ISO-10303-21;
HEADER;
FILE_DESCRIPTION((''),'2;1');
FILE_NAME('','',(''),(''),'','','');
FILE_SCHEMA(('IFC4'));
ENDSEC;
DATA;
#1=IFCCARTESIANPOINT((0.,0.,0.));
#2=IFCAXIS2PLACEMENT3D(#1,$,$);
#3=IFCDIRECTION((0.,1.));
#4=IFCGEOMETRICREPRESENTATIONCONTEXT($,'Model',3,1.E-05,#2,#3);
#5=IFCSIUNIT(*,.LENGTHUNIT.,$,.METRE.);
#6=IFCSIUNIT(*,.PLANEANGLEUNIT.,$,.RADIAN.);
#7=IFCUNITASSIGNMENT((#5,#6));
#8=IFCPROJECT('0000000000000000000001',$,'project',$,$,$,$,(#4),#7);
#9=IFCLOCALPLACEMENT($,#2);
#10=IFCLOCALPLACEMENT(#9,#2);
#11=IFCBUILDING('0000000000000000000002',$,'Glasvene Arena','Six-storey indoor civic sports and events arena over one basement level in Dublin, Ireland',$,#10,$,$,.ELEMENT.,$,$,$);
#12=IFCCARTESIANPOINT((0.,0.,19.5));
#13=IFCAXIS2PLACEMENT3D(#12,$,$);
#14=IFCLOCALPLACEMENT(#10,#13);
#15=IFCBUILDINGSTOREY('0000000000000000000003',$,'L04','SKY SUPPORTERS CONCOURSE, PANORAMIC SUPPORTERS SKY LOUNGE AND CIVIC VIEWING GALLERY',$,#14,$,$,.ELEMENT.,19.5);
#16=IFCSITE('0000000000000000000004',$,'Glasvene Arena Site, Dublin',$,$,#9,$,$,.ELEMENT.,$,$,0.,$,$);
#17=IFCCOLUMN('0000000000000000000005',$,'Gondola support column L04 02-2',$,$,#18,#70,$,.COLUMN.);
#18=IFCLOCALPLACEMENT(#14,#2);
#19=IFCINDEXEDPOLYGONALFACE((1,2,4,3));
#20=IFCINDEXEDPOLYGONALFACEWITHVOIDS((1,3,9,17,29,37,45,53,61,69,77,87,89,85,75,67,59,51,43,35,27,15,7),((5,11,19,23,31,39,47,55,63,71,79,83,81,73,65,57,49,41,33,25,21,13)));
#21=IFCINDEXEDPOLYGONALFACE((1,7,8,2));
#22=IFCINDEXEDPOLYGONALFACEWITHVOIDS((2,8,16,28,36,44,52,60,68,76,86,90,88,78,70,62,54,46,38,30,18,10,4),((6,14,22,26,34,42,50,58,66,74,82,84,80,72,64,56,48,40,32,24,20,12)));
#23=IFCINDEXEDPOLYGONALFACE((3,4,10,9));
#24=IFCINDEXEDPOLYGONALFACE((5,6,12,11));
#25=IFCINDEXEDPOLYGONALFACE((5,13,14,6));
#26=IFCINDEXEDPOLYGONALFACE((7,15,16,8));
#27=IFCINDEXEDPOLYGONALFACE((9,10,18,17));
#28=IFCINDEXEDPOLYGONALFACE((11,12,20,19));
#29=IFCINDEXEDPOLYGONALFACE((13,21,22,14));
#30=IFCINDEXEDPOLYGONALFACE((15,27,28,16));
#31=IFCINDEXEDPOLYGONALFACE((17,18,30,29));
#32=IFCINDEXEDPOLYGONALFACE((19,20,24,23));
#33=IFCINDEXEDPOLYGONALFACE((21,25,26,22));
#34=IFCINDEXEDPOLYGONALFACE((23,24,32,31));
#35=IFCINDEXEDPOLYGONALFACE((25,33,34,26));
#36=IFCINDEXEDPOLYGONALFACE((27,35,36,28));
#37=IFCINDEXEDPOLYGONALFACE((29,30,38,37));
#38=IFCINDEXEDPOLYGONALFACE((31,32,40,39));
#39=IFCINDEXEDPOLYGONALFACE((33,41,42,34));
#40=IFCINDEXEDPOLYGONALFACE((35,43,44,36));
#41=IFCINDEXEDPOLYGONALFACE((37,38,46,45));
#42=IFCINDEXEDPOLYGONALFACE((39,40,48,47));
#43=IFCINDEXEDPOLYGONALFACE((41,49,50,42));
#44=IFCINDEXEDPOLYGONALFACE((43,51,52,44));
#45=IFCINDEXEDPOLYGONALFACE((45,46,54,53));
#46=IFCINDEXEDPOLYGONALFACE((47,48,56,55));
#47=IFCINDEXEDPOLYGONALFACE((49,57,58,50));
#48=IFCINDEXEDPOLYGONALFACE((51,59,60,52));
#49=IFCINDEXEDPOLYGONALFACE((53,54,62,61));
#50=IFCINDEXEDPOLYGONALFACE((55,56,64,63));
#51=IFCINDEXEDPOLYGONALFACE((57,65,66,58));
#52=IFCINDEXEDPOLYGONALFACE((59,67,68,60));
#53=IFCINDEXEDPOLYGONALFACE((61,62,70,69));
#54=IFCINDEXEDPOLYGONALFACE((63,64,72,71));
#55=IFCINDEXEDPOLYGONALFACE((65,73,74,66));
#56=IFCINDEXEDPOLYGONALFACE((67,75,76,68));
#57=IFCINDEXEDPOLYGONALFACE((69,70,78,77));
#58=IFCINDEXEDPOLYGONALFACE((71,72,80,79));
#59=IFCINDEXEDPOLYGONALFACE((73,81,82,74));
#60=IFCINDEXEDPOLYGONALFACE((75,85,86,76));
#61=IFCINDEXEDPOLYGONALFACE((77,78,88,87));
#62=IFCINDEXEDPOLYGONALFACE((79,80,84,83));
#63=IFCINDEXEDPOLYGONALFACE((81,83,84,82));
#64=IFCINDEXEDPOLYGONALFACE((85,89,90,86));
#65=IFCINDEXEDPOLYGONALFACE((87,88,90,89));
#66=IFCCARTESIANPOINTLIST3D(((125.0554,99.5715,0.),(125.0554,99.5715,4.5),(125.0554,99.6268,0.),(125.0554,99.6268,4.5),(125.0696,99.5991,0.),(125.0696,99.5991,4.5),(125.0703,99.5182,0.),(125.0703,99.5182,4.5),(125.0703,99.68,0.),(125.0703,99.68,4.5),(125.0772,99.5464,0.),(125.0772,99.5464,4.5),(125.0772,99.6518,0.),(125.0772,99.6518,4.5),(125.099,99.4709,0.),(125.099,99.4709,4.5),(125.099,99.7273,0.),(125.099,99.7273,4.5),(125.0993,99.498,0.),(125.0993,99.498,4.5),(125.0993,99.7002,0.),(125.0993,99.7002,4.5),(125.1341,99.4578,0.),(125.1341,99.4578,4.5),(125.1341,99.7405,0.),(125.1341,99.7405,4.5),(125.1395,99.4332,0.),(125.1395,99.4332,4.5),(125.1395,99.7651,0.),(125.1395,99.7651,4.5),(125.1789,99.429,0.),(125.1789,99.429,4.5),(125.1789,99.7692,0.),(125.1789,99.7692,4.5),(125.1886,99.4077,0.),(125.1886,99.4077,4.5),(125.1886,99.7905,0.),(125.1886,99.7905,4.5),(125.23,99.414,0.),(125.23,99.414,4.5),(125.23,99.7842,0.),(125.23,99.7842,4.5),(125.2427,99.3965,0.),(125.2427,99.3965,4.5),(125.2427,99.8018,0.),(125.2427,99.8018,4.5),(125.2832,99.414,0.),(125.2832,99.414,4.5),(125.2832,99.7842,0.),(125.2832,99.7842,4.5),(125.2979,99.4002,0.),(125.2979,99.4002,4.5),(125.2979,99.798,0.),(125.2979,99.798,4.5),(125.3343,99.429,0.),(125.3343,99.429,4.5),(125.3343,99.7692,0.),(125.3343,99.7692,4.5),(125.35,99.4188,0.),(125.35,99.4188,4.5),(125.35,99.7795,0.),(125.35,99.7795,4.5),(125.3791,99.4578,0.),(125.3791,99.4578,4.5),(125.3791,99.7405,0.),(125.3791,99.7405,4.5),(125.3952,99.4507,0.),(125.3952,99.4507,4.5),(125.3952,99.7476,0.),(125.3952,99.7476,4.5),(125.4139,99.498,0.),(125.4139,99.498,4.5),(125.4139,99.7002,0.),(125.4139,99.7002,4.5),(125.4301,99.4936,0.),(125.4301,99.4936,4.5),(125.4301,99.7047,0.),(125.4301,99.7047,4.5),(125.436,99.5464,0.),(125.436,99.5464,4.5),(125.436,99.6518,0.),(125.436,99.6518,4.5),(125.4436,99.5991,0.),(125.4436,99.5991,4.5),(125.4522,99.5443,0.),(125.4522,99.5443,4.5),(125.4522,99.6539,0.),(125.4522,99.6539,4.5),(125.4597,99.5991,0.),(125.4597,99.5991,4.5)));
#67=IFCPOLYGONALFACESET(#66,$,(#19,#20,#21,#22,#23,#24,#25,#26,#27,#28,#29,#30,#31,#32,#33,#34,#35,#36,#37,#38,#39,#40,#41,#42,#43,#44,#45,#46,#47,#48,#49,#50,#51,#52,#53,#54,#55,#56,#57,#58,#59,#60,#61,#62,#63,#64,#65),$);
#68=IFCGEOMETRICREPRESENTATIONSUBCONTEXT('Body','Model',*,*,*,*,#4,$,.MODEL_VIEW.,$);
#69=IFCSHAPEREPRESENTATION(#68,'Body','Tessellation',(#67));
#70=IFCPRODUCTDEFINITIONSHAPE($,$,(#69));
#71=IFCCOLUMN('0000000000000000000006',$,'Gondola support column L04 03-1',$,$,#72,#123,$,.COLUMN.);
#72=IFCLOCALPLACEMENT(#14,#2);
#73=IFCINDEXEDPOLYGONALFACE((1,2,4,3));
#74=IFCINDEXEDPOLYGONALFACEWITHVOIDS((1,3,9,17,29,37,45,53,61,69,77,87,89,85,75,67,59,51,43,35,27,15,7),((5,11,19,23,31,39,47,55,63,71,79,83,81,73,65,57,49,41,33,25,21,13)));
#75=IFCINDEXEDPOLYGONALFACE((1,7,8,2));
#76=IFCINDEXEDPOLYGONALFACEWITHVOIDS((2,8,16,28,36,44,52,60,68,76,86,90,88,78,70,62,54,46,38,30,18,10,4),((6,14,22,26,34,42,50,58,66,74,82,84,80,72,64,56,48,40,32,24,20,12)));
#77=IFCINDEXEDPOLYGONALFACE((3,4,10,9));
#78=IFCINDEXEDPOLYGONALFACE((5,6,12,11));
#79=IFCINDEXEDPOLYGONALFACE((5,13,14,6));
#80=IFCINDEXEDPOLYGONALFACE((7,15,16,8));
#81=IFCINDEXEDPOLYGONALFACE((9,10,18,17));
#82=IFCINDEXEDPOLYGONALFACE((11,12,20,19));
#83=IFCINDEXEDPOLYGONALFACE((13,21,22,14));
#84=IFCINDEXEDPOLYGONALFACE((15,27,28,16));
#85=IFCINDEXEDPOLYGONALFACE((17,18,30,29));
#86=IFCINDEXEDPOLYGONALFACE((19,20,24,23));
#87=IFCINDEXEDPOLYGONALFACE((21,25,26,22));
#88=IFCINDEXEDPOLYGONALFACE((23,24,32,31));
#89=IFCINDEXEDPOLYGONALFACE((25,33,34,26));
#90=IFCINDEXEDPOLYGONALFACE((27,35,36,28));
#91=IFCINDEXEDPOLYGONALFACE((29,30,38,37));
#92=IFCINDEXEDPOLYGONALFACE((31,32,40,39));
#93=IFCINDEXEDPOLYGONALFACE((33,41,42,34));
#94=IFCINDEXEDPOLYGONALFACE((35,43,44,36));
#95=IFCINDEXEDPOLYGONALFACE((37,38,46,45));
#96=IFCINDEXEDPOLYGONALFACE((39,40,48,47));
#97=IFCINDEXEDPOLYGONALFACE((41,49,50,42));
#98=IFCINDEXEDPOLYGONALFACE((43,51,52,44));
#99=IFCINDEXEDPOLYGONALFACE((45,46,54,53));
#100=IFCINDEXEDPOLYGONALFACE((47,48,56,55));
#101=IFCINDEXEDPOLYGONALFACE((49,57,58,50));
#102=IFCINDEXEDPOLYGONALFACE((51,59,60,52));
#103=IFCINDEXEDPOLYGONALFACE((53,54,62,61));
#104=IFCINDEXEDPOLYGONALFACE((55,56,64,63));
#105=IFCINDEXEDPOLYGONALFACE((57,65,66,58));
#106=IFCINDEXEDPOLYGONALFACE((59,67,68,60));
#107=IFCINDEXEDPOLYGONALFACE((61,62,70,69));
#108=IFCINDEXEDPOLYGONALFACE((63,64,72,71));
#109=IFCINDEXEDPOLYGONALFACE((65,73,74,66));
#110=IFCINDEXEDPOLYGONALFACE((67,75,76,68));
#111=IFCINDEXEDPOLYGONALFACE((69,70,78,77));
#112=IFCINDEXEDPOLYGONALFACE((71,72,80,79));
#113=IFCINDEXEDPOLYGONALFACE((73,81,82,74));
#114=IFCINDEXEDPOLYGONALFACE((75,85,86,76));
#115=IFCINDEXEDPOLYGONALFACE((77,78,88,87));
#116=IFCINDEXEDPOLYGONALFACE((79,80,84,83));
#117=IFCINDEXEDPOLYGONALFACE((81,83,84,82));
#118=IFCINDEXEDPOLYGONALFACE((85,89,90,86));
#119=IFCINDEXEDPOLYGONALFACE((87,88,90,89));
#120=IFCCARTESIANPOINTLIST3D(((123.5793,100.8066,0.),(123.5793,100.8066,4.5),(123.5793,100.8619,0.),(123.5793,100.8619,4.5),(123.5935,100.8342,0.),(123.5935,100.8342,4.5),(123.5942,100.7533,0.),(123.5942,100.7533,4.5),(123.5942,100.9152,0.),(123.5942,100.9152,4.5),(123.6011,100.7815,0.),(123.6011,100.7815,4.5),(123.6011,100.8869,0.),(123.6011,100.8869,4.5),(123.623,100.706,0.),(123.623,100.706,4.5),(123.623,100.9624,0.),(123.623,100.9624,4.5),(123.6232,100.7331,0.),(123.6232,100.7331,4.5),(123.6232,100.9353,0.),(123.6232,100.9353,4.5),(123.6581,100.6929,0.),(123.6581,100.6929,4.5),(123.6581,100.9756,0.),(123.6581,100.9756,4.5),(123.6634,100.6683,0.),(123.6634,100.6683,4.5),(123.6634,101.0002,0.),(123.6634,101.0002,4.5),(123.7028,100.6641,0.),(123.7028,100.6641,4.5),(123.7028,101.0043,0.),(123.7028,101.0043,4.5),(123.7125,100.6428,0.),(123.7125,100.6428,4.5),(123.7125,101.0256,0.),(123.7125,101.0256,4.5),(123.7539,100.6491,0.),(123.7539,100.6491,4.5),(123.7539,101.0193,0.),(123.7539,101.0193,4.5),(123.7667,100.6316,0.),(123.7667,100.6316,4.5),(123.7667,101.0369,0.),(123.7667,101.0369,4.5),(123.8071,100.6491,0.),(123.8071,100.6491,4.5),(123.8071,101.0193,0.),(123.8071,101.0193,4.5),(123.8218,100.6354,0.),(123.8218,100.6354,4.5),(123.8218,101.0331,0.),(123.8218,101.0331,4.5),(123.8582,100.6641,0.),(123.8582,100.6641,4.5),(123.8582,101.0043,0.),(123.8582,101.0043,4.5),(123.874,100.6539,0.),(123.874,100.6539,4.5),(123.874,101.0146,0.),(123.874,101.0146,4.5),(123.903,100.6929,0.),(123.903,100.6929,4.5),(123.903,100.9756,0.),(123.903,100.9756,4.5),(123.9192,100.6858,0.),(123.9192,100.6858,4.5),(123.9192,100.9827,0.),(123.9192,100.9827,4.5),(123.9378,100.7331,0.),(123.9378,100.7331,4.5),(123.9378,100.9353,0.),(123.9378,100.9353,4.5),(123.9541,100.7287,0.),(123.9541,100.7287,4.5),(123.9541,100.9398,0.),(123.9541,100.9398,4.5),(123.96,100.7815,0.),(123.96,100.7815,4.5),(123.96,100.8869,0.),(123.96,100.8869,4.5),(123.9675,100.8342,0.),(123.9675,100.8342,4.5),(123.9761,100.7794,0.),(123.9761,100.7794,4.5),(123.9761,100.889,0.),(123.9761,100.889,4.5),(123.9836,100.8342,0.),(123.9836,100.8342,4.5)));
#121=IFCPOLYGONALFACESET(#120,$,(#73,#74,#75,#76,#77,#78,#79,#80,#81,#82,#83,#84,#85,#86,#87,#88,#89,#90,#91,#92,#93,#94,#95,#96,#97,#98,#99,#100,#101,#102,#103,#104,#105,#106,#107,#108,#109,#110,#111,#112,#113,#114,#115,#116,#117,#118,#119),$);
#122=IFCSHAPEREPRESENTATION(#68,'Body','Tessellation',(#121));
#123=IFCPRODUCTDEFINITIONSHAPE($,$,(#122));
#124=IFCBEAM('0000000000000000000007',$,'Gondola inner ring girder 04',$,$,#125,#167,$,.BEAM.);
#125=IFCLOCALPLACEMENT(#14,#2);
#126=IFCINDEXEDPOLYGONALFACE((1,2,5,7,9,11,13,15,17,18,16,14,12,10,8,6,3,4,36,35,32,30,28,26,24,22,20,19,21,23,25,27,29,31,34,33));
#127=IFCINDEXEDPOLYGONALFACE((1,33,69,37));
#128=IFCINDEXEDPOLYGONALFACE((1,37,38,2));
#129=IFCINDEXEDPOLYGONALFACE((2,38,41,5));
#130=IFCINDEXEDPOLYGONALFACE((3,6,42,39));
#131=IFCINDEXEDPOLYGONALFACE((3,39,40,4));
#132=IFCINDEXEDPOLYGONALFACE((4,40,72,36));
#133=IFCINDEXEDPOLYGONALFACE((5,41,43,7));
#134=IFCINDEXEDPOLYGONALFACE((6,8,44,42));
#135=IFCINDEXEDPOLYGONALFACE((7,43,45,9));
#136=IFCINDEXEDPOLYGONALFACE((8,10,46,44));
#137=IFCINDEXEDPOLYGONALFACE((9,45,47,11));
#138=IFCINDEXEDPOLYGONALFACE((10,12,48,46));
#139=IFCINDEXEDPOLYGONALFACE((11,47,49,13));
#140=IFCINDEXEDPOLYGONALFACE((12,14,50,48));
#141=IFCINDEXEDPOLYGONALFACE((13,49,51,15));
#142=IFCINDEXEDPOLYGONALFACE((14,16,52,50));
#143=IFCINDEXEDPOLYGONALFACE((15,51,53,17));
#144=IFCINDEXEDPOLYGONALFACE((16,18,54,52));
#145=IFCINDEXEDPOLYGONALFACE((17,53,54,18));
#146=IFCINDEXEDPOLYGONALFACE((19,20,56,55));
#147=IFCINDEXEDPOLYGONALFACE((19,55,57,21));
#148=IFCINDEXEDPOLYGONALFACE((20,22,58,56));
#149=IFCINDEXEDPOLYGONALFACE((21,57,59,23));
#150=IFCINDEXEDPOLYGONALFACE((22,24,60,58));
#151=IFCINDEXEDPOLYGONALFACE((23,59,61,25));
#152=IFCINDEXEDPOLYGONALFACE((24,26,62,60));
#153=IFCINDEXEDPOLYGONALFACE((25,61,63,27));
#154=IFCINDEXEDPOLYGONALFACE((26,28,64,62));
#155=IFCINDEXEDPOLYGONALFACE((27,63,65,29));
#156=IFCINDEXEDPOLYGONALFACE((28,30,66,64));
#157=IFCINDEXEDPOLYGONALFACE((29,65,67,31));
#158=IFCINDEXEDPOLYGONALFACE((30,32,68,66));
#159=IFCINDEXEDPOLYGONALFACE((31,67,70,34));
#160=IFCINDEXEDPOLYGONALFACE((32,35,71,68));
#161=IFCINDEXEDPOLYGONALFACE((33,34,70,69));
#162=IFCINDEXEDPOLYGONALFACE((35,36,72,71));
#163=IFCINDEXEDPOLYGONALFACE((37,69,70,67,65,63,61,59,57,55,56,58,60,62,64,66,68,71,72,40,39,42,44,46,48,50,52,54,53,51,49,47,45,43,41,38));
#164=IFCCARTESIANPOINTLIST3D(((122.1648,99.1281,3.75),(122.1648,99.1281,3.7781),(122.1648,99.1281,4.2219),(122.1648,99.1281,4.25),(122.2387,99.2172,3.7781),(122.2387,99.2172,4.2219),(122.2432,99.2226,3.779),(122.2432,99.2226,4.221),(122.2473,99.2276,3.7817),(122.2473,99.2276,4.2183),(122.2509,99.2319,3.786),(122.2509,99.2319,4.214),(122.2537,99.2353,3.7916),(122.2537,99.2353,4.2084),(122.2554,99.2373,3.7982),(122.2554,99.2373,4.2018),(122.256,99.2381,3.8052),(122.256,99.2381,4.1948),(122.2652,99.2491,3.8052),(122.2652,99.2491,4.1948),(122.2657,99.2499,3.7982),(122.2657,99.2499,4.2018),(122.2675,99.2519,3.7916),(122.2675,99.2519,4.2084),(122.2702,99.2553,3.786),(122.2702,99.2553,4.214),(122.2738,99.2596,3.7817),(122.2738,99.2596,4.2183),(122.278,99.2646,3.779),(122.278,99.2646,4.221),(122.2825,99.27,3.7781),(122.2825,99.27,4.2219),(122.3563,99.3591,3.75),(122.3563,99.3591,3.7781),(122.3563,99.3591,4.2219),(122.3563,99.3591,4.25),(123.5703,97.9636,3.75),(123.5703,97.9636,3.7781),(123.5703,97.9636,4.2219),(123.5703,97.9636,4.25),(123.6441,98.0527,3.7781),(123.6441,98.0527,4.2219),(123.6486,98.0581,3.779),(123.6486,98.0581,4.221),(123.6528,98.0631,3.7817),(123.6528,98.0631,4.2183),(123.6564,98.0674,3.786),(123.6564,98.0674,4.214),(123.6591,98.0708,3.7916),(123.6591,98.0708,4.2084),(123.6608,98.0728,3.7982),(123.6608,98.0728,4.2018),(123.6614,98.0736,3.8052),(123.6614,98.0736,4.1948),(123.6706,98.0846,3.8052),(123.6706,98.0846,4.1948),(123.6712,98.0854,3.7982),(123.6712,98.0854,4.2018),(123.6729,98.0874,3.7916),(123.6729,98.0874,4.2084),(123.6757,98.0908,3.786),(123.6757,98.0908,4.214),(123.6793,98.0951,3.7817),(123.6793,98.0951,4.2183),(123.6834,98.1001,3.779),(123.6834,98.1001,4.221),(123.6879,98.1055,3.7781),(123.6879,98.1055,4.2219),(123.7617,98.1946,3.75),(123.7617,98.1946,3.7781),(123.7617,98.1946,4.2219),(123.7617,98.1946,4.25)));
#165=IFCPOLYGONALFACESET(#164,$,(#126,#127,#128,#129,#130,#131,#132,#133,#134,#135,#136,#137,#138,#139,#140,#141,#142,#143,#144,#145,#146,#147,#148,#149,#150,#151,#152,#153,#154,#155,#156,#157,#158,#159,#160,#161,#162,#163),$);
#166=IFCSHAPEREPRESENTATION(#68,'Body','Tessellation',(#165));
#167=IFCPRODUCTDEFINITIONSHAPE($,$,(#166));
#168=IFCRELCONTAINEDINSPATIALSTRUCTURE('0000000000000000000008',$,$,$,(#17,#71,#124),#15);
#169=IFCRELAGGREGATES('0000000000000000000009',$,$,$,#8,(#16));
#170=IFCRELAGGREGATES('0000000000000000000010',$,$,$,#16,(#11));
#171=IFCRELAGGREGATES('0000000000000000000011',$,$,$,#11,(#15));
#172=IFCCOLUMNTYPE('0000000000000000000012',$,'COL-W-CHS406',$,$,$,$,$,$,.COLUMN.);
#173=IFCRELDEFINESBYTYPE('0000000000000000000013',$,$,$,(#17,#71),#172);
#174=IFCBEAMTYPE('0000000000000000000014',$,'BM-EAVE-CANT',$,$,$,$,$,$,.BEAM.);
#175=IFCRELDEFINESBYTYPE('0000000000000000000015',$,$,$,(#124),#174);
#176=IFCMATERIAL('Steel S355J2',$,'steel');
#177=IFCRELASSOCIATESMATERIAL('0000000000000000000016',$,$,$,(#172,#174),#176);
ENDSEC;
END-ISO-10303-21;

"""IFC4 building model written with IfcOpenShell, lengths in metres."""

from ifc_helpers import new_model, si_unit, direction, frame, origin, origin_2d, place, context, subcontext, project, spatial, hollow_circle, i_section, extrude, material, material_profile, profile_set, type_object, element, save


model = new_model("IFC4")

# Units and contexts
model_context = context("Model", 3, precision=1e-05, world=origin(), true_north=direction((0.0, 1.0)))
body_context = subcontext(model_context, "Body", "Model", "MODEL_VIEW")
ifc_project = project(units=[si_unit("LENGTHUNIT", "METRE"), si_unit("PLANEANGLEUNIT", "RADIAN")], contexts=[model_context])

# Site, building, storey
site_placement = place(None, origin())
site = spatial("IfcSite", under=ifc_project, at=site_placement, Name="Glasvene Arena Site, Dublin", CompositionType="ELEMENT", RefElevation=0.0)
building_placement = place(site_placement, origin())
building = spatial("IfcBuilding", under=site, at=building_placement, Name="Glasvene Arena", Description="Six-storey indoor civic sports and events arena over one basement level in Dublin, Ireland", CompositionType="ELEMENT")
storey_placement = place(building_placement, frame((0.0, 0.0, 19.5)))
storey = spatial("IfcBuildingStorey", under=building, at=storey_placement, Name="L04", Description="SKY SUPPORTERS CONCOURSE, PANORAMIC SUPPORTERS SKY LOUNGE AND CIVIC VIEWING GALLERY", CompositionType="ELEMENT", Elevation=19.5)

# Columns
ifc_material_1 = material(Name="Steel S355J2", Category="steel")
ifc_material_profile_1 = material_profile(ifc_material_1, hollow_circle(Radius=0.2031, WallThickness=0.0161, at=origin_2d()), Name="CHS 406.4x16.0")
ifc_profile_set_1 = profile_set([ifc_material_profile_1], Name="Steel S355J2")
column_type = type_object("IfcColumnType", Name="COL-W-CHS406", PredefinedType="COLUMN", material=ifc_profile_set_1)
for number, where, z_axis, x_axis, name in (
    (1, (125.2566, 99.5991, 0.0), (0.0, 0.0, 1.0), (1.0, 0.0, 0.0), "Gondola support column L04 02-2"),
    (2, (123.7805, 100.8342, 0.0), (0.0, 0.0, 1.0), (1.0, 0.0, 0.0), "Gondola support column L04 03-1"),
):
    element("IfcColumn", number, at=place(storey_placement, frame(where, z_axis=z_axis, x_axis=x_axis)), inside=storey, type_object=column_type, Name=name, PredefinedType="COLUMN", context=body_context, shape_type="SweptSolid", body=[
        extrude(hollow_circle(Radius=0.2031, WallThickness=0.0161, at=origin_2d()), origin(), (0.0, 0.0, 1.0), 4.5),
    ])

# Beam
ifc_material_profile_2 = material_profile(ifc_material_1, i_section(OverallWidth=0.3, OverallDepth=0.5, WebThickness=0.0144, FlangeThickness=0.0281, FilletRadius=0.0271, at=origin_2d()), Name="HEB 500")
ifc_profile_set_2 = profile_set([ifc_material_profile_2], Name="Steel S355J2")
beam_type_1 = type_object("IfcBeamType", Name="BM-EAVE-CANT", PredefinedType="BEAM", material=ifc_profile_set_2)
beam_1_placement = place(storey_placement, frame((123.666, 98.0791, 4.0), z_axis=(-0.770027, 0.638011, 0.0), x_axis=(-0.638011, -0.770027, 0.0)))
element("IfcBeam", 3, at=beam_1_placement, inside=storey, type_object=beam_type_1, Name="Gondola inner ring girder 04", PredefinedType="BEAM", context=body_context, shape_type="SweptSolid", body=[
    extrude(i_section(OverallWidth=0.3, OverallDepth=0.5, WebThickness=0.0144, FlangeThickness=0.0281, FilletRadius=0.0271, at=origin_2d()), origin(), (0.0, 0.0, 1.0), 1.8252),
])

save(model, "model.ifc")
